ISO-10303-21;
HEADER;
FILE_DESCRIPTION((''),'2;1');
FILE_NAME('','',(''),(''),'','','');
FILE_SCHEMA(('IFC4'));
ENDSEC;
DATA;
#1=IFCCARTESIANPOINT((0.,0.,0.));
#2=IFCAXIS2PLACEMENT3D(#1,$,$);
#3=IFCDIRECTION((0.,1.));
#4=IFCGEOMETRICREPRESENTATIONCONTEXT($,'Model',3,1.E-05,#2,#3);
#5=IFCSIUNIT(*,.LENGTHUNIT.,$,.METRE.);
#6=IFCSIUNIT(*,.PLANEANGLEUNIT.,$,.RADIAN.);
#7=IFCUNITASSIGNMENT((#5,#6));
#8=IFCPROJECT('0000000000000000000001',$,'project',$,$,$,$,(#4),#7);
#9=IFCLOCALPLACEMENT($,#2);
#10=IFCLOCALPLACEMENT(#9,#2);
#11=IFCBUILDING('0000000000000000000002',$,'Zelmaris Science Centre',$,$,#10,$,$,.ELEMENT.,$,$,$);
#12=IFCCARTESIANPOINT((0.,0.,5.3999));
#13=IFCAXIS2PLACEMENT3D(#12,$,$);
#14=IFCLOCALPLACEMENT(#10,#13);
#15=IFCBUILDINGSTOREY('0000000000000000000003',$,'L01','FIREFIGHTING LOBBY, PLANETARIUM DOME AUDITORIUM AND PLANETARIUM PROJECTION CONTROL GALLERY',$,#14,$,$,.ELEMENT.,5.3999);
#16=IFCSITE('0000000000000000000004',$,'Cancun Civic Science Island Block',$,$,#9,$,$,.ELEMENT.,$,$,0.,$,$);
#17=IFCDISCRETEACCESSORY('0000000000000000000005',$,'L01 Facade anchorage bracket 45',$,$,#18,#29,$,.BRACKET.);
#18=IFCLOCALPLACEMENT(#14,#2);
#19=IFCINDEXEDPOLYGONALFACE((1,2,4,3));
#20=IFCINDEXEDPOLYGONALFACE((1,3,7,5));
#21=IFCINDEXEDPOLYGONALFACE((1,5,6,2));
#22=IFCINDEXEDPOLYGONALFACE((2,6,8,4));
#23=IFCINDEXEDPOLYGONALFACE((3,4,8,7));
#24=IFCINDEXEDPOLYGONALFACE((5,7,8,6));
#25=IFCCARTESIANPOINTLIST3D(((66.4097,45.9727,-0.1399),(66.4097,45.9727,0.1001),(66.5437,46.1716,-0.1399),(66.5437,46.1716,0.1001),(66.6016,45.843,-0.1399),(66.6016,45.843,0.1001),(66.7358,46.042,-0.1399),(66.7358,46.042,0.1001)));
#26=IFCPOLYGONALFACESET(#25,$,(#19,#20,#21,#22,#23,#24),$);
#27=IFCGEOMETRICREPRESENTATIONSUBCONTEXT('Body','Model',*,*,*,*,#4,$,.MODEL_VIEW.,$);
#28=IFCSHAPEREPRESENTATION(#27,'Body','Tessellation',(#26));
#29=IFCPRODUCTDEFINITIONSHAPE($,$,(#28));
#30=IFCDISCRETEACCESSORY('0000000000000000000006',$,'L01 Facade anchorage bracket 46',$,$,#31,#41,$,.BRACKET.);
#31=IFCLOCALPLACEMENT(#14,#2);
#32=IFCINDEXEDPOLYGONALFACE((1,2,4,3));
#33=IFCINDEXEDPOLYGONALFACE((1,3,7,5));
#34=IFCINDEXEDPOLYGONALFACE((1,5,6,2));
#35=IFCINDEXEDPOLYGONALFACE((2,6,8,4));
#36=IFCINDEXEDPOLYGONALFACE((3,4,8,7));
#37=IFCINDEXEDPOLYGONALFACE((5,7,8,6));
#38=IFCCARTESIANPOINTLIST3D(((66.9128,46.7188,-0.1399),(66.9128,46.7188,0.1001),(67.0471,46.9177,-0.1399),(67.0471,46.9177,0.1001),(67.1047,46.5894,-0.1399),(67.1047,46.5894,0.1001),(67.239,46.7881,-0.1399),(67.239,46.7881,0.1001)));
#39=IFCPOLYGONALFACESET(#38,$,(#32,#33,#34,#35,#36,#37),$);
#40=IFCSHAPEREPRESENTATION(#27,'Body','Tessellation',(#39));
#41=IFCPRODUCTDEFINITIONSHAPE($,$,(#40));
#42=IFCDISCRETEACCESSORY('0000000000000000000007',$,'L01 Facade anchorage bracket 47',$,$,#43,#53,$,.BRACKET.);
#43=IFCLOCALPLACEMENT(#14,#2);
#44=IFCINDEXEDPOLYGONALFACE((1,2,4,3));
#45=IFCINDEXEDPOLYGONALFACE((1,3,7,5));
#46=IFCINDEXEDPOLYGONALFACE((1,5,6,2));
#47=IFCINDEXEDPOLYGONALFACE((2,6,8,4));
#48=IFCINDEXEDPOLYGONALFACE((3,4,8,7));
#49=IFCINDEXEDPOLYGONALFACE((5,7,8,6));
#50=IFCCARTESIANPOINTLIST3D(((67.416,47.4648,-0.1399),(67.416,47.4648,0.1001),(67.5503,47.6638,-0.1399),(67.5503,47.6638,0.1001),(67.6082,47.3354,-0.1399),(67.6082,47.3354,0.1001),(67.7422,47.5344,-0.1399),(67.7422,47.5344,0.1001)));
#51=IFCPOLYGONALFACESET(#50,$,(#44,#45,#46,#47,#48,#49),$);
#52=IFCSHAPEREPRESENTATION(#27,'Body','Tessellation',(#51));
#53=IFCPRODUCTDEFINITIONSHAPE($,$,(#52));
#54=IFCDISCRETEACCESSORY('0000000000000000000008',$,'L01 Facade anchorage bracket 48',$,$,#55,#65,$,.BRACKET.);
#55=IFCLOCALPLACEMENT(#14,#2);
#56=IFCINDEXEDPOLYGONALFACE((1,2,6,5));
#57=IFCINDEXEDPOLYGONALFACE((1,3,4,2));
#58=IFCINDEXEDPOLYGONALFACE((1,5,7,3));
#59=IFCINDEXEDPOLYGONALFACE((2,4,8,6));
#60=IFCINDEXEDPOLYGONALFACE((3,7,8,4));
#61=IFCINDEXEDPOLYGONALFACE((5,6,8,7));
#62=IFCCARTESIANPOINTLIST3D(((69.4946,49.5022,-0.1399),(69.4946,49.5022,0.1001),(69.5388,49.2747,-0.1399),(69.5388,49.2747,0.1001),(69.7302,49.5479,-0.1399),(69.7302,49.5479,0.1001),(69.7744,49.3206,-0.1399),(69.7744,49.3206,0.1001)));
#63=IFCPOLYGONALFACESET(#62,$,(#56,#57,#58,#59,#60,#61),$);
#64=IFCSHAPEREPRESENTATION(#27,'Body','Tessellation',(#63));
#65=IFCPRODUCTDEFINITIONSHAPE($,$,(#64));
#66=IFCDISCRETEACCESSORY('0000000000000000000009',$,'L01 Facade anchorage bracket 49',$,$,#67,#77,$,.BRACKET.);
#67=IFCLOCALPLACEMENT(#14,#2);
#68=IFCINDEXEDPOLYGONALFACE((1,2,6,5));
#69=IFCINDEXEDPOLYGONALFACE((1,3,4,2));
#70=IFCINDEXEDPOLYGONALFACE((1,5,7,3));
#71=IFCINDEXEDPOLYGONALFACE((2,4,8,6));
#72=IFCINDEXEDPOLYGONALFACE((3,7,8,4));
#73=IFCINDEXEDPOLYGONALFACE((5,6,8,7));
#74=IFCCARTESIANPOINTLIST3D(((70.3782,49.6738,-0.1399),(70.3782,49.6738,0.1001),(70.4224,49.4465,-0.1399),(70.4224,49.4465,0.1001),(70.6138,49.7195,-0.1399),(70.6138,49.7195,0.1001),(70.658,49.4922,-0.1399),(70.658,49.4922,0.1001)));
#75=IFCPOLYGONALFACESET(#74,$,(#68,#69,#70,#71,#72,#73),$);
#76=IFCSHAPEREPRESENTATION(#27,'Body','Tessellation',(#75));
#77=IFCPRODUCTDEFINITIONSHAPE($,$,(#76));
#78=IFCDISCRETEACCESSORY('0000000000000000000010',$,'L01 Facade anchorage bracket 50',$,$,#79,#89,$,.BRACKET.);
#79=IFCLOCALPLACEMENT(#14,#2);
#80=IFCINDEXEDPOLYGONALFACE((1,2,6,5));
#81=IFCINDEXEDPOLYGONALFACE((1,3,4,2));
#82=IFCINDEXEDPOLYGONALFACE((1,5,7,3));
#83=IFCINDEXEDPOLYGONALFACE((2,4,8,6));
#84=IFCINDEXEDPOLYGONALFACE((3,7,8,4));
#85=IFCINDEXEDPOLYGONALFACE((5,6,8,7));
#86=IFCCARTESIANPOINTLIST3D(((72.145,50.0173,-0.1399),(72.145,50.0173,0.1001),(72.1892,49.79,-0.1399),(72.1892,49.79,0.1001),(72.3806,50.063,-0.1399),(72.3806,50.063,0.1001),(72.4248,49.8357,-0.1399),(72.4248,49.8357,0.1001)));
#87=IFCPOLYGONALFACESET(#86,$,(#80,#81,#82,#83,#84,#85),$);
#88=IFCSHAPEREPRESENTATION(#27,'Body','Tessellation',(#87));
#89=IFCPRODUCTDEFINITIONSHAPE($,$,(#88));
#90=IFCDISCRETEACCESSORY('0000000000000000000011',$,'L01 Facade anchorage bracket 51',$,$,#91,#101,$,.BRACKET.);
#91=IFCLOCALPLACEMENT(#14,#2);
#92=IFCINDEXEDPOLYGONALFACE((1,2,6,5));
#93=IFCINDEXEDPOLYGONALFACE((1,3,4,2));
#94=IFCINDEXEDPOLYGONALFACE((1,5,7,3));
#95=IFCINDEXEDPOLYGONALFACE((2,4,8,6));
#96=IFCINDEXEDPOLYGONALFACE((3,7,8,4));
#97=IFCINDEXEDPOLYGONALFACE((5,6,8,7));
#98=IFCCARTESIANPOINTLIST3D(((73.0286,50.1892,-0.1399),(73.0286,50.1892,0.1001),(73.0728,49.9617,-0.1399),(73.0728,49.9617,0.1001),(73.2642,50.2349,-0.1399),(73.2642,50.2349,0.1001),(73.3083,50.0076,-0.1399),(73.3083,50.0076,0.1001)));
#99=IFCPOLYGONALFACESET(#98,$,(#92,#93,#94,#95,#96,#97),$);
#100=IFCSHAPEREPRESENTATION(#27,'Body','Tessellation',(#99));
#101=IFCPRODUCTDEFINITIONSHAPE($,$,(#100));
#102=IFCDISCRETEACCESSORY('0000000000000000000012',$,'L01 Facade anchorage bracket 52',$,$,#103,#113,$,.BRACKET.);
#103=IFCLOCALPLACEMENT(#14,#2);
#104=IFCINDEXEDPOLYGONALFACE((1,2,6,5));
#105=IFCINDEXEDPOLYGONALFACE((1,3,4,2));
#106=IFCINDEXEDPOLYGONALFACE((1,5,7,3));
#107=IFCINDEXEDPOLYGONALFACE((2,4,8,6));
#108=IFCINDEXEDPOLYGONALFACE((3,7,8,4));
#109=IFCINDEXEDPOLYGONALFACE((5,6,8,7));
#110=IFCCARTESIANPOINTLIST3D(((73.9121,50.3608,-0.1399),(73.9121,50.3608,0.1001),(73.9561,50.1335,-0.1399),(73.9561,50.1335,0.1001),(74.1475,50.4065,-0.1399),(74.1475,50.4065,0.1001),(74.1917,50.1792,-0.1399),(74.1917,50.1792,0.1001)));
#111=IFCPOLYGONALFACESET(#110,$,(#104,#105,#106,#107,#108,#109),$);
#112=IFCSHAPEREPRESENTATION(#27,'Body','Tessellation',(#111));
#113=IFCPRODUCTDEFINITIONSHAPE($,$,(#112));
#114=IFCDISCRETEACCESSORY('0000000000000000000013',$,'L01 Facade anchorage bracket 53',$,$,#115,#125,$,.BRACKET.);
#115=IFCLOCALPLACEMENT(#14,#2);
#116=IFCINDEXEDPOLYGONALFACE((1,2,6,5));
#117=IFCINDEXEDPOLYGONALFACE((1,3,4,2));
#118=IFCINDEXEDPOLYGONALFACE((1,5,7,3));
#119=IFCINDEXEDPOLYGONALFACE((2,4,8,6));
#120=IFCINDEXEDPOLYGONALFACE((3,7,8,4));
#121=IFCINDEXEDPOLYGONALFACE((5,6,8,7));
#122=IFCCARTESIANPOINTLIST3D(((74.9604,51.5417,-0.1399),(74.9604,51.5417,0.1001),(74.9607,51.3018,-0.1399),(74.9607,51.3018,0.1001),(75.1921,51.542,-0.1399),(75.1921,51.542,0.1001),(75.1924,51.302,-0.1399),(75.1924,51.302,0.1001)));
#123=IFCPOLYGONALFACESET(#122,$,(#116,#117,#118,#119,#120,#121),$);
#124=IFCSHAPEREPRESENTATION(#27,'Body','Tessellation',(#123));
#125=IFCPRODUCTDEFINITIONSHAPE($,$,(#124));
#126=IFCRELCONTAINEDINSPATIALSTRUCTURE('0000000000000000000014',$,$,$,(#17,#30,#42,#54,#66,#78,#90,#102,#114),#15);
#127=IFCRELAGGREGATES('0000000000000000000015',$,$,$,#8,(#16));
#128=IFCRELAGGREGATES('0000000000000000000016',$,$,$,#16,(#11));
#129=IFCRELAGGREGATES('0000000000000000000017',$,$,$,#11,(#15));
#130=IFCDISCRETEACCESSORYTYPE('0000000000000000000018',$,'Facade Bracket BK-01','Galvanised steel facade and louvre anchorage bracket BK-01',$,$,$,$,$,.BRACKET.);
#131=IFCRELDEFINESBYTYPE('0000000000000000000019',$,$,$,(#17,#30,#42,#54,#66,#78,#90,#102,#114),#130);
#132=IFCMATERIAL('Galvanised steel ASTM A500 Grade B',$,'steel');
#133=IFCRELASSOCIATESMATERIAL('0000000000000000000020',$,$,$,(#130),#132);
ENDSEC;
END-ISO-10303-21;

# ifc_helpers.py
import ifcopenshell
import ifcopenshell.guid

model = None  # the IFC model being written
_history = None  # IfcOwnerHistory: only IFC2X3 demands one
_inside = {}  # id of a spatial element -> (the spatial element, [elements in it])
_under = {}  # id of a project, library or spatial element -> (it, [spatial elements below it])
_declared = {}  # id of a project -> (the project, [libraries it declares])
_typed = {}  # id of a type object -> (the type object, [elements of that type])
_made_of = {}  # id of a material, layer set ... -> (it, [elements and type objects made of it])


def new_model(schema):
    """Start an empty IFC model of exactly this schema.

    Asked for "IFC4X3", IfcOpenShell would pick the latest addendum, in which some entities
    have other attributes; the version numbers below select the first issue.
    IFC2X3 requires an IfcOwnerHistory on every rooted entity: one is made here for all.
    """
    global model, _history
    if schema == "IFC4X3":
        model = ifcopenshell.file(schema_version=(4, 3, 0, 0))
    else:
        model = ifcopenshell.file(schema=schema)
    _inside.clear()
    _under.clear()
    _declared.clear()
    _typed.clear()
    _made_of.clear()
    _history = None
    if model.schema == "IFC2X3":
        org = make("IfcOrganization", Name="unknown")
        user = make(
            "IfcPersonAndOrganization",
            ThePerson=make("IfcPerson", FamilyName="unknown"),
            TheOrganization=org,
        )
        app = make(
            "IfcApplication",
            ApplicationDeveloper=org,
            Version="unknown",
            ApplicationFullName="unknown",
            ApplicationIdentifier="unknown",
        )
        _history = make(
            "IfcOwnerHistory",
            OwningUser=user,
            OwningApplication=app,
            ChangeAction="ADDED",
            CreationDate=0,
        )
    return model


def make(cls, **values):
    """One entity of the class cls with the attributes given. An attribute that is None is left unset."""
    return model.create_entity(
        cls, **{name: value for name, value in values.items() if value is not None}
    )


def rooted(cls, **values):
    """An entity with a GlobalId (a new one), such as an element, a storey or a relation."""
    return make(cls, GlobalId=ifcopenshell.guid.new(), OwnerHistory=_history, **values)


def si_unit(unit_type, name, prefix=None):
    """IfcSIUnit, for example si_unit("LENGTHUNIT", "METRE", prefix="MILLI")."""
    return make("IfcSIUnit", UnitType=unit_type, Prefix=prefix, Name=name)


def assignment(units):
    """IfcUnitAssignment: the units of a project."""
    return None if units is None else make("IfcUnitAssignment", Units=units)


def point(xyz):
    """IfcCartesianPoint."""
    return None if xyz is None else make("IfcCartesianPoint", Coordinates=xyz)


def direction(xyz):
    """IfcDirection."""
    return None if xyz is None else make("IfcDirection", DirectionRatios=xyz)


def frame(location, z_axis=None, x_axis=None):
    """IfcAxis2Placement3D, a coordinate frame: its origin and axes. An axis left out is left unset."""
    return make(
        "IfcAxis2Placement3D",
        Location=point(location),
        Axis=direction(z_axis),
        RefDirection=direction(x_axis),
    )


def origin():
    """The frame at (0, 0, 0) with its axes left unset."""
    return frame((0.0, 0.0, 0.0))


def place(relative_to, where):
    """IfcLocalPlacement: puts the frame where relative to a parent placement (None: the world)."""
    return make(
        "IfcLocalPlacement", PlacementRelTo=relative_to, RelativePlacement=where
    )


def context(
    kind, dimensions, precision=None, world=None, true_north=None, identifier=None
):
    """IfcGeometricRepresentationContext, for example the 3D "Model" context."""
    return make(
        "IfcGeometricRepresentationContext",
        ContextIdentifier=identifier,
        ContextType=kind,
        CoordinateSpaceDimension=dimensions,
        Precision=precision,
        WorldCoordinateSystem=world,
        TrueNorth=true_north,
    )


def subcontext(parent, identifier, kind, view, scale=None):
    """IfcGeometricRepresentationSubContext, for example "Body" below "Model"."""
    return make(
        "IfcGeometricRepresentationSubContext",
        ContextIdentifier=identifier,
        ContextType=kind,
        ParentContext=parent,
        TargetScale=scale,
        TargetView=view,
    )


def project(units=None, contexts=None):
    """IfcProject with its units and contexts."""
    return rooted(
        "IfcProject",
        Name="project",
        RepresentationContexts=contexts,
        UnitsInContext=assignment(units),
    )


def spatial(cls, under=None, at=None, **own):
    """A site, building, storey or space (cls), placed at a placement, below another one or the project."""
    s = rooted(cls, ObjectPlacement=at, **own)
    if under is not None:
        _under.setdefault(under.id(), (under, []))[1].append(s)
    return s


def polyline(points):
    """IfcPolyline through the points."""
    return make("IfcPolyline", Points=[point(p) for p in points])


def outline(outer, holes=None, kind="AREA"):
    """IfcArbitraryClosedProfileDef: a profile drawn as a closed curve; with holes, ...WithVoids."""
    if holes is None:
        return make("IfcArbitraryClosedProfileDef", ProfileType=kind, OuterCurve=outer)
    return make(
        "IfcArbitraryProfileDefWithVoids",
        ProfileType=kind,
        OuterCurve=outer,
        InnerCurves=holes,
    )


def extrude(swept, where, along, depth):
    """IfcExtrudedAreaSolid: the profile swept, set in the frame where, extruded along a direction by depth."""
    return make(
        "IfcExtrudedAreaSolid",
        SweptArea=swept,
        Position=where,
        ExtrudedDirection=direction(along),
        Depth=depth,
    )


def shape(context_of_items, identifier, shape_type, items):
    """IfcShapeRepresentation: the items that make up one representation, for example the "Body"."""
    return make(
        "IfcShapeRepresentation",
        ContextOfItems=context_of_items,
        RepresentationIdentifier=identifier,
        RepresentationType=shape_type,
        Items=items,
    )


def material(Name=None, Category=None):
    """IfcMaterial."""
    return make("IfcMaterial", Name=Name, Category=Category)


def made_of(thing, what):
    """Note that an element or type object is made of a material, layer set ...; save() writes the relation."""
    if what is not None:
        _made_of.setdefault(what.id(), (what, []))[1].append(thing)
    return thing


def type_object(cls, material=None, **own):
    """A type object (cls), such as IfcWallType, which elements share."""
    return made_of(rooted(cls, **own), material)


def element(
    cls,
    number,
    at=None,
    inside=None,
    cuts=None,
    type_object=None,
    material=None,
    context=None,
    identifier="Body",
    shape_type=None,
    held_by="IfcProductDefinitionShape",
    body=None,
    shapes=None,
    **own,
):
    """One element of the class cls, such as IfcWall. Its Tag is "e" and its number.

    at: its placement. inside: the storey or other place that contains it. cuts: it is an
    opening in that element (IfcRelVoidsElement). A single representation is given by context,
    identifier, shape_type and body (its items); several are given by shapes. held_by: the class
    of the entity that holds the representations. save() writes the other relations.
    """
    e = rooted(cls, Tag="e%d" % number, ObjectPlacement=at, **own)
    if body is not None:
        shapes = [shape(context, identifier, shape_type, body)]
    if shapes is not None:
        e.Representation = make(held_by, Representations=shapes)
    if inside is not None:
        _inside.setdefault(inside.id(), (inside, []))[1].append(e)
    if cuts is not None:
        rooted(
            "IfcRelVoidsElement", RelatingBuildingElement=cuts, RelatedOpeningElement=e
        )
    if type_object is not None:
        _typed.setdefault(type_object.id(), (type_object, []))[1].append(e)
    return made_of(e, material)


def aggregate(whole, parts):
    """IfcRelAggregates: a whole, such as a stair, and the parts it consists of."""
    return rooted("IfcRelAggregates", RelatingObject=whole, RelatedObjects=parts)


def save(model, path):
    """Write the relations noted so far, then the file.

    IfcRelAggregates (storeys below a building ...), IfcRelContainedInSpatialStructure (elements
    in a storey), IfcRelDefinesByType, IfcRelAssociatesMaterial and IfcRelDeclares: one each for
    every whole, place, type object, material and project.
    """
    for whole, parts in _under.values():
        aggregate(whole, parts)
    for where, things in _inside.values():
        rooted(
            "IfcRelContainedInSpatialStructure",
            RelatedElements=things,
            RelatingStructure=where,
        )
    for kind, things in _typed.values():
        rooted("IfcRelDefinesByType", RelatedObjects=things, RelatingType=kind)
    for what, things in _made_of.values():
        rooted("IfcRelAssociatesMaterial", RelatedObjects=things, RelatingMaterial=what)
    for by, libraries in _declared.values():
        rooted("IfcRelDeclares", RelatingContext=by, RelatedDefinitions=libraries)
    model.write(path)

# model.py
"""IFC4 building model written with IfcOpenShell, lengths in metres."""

from ifc_helpers import new_model, si_unit, direction, frame, origin, place, context, subcontext, project, spatial, polyline, outline, extrude, material, type_object, element, save


model = new_model("IFC4")

# Units and contexts
model_context = context("Model", 3, precision=1e-05, world=origin(), true_north=direction((0.0, 1.0)))
body_context = subcontext(model_context, "Body", "Model", "MODEL_VIEW")
ifc_project = project(units=[si_unit("LENGTHUNIT", "METRE"), si_unit("PLANEANGLEUNIT", "RADIAN")], contexts=[model_context])

# Site, building, storey
site_placement = place(None, origin())
site = spatial("IfcSite", under=ifc_project, at=site_placement, Name="Cancun Civic Science Island Block", CompositionType="ELEMENT", RefElevation=0.0)
building_placement = place(site_placement, origin())
building = spatial("IfcBuilding", under=site, at=building_placement, Name="Zelmaris Science Centre", CompositionType="ELEMENT")
storey_placement = place(building_placement, frame((0.0, 0.0, 5.3999)))
storey = spatial("IfcBuildingStorey", under=building, at=storey_placement, Name="L01", Description="FIREFIGHTING LOBBY, PLANETARIUM DOME AUDITORIUM AND PLANETARIUM PROJECTION CONTROL GALLERY", CompositionType="ELEMENT", Elevation=5.3999)

# Discrete accessories
ifc_material = material(Name="Galvanised steel ASTM A500 Grade B", Category="steel")
discrete_accessory_type = type_object("IfcDiscreteAccessoryType", Name="Facade Bracket BK-01", Description="Galvanised steel facade and louvre anchorage bracket BK-01", PredefinedType="BRACKET", material=ifc_material)
discrete_accessory_1_placement = place(storey_placement, frame((0.0, 0.0, -0.1399)))
element("IfcDiscreteAccessory", 1, at=discrete_accessory_1_placement, inside=storey, type_object=discrete_accessory_type, Name="L01 Facade anchorage bracket 45", PredefinedType="BRACKET", context=body_context, shape_type="SweptSolid", body=[
    extrude(outline(polyline([(66.6016, 45.843), (66.7358, 46.042), (66.5437, 46.1716), (66.4097, 45.9727), (66.6016, 45.843)])), origin(), (0.0, 0.0, 1.0), 0.24),
])
discrete_accessory_2_placement = place(storey_placement, frame((0.0, 0.0, -0.1399)))
element("IfcDiscreteAccessory", 2, at=discrete_accessory_2_placement, inside=storey, type_object=discrete_accessory_type, Name="L01 Facade anchorage bracket 46", PredefinedType="BRACKET", context=body_context, shape_type="SweptSolid", body=[
    extrude(outline(polyline([(67.1047, 46.5894), (67.239, 46.7881), (67.0471, 46.9177), (66.9128, 46.7188), (67.1047, 46.5894)])), origin(), (0.0, 0.0, 1.0), 0.24),
])
discrete_accessory_3_placement = place(storey_placement, frame((0.0, 0.0, -0.1399)))
element("IfcDiscreteAccessory", 3, at=discrete_accessory_3_placement, inside=storey, type_object=discrete_accessory_type, Name="L01 Facade anchorage bracket 47", PredefinedType="BRACKET", context=body_context, shape_type="SweptSolid", body=[
    extrude(outline(polyline([(67.6082, 47.3354), (67.7422, 47.5344), (67.5503, 47.6638), (67.416, 47.4648), (67.6082, 47.3354)])), origin(), (0.0, 0.0, 1.0), 0.24),
])
discrete_accessory_4_placement = place(storey_placement, frame((0.0, 0.0, -0.1399)))
element("IfcDiscreteAccessory", 4, at=discrete_accessory_4_placement, inside=storey, type_object=discrete_accessory_type, Name="L01 Facade anchorage bracket 48", PredefinedType="BRACKET", context=body_context, shape_type="SweptSolid", body=[
    extrude(outline(polyline([(69.5388, 49.2747), (69.7744, 49.3206), (69.7302, 49.5479), (69.4946, 49.5022), (69.5388, 49.2747)])), origin(), (0.0, 0.0, 1.0), 0.24),
])
discrete_accessory_5_placement = place(storey_placement, frame((0.0, 0.0, -0.1399)))
element("IfcDiscreteAccessory", 5, at=discrete_accessory_5_placement, inside=storey, type_object=discrete_accessory_type, Name="L01 Facade anchorage bracket 49", PredefinedType="BRACKET", context=body_context, shape_type="SweptSolid", body=[
    extrude(outline(polyline([(70.4224, 49.4465), (70.658, 49.4922), (70.6138, 49.7195), (70.3782, 49.6738), (70.4224, 49.4465)])), origin(), (0.0, 0.0, 1.0), 0.24),
])
discrete_accessory_6_placement = place(storey_placement, frame((0.0, 0.0, -0.1399)))
element("IfcDiscreteAccessory", 6, at=discrete_accessory_6_placement, inside=storey, type_object=discrete_accessory_type, Name="L01 Facade anchorage bracket 50", PredefinedType="BRACKET", context=body_context, shape_type="SweptSolid", body=[
    extrude(outline(polyline([(72.1892, 49.79), (72.4248, 49.8357), (72.3806, 50.063), (72.145, 50.0173), (72.1892, 49.79)])), origin(), (0.0, 0.0, 1.0), 0.24),
])
discrete_accessory_7_placement = place(storey_placement, frame((0.0, 0.0, -0.1399)))
element("IfcDiscreteAccessory", 7, at=discrete_accessory_7_placement, inside=storey, type_object=discrete_accessory_type, Name="L01 Facade anchorage bracket 51", PredefinedType="BRACKET", context=body_context, shape_type="SweptSolid", body=[
    extrude(outline(polyline([(73.0728, 49.9617), (73.3083, 50.0076), (73.2642, 50.2349), (73.0286, 50.1892), (73.0728, 49.9617)])), origin(), (0.0, 0.0, 1.0), 0.24),
])
discrete_accessory_8_placement = place(storey_placement, frame((0.0, 0.0, -0.1399)))
element("IfcDiscreteAccessory", 8, at=discrete_accessory_8_placement, inside=storey, type_object=discrete_accessory_type, Name="L01 Facade anchorage bracket 52", PredefinedType="BRACKET", context=body_context, shape_type="SweptSolid", body=[
    extrude(outline(polyline([(73.9561, 50.1335), (74.1917, 50.1792), (74.1475, 50.4065), (73.9121, 50.3608), (73.9561, 50.1335)])), origin(), (0.0, 0.0, 1.0), 0.24),
])
discrete_accessory_9_placement = place(storey_placement, frame((0.0, 0.0, -0.1399)))
element("IfcDiscreteAccessory", 9, at=discrete_accessory_9_placement, inside=storey, type_object=discrete_accessory_type, Name="L01 Facade anchorage bracket 53", PredefinedType="BRACKET", context=body_context, shape_type="SweptSolid", body=[
    extrude(outline(polyline([(75.1924, 51.302), (75.1921, 51.542), (74.9604, 51.5417), (74.9607, 51.3018), (75.1924, 51.302)])), origin(), (0.0, 0.0, 1.0), 0.24),
])

save(model, "model.ifc")
